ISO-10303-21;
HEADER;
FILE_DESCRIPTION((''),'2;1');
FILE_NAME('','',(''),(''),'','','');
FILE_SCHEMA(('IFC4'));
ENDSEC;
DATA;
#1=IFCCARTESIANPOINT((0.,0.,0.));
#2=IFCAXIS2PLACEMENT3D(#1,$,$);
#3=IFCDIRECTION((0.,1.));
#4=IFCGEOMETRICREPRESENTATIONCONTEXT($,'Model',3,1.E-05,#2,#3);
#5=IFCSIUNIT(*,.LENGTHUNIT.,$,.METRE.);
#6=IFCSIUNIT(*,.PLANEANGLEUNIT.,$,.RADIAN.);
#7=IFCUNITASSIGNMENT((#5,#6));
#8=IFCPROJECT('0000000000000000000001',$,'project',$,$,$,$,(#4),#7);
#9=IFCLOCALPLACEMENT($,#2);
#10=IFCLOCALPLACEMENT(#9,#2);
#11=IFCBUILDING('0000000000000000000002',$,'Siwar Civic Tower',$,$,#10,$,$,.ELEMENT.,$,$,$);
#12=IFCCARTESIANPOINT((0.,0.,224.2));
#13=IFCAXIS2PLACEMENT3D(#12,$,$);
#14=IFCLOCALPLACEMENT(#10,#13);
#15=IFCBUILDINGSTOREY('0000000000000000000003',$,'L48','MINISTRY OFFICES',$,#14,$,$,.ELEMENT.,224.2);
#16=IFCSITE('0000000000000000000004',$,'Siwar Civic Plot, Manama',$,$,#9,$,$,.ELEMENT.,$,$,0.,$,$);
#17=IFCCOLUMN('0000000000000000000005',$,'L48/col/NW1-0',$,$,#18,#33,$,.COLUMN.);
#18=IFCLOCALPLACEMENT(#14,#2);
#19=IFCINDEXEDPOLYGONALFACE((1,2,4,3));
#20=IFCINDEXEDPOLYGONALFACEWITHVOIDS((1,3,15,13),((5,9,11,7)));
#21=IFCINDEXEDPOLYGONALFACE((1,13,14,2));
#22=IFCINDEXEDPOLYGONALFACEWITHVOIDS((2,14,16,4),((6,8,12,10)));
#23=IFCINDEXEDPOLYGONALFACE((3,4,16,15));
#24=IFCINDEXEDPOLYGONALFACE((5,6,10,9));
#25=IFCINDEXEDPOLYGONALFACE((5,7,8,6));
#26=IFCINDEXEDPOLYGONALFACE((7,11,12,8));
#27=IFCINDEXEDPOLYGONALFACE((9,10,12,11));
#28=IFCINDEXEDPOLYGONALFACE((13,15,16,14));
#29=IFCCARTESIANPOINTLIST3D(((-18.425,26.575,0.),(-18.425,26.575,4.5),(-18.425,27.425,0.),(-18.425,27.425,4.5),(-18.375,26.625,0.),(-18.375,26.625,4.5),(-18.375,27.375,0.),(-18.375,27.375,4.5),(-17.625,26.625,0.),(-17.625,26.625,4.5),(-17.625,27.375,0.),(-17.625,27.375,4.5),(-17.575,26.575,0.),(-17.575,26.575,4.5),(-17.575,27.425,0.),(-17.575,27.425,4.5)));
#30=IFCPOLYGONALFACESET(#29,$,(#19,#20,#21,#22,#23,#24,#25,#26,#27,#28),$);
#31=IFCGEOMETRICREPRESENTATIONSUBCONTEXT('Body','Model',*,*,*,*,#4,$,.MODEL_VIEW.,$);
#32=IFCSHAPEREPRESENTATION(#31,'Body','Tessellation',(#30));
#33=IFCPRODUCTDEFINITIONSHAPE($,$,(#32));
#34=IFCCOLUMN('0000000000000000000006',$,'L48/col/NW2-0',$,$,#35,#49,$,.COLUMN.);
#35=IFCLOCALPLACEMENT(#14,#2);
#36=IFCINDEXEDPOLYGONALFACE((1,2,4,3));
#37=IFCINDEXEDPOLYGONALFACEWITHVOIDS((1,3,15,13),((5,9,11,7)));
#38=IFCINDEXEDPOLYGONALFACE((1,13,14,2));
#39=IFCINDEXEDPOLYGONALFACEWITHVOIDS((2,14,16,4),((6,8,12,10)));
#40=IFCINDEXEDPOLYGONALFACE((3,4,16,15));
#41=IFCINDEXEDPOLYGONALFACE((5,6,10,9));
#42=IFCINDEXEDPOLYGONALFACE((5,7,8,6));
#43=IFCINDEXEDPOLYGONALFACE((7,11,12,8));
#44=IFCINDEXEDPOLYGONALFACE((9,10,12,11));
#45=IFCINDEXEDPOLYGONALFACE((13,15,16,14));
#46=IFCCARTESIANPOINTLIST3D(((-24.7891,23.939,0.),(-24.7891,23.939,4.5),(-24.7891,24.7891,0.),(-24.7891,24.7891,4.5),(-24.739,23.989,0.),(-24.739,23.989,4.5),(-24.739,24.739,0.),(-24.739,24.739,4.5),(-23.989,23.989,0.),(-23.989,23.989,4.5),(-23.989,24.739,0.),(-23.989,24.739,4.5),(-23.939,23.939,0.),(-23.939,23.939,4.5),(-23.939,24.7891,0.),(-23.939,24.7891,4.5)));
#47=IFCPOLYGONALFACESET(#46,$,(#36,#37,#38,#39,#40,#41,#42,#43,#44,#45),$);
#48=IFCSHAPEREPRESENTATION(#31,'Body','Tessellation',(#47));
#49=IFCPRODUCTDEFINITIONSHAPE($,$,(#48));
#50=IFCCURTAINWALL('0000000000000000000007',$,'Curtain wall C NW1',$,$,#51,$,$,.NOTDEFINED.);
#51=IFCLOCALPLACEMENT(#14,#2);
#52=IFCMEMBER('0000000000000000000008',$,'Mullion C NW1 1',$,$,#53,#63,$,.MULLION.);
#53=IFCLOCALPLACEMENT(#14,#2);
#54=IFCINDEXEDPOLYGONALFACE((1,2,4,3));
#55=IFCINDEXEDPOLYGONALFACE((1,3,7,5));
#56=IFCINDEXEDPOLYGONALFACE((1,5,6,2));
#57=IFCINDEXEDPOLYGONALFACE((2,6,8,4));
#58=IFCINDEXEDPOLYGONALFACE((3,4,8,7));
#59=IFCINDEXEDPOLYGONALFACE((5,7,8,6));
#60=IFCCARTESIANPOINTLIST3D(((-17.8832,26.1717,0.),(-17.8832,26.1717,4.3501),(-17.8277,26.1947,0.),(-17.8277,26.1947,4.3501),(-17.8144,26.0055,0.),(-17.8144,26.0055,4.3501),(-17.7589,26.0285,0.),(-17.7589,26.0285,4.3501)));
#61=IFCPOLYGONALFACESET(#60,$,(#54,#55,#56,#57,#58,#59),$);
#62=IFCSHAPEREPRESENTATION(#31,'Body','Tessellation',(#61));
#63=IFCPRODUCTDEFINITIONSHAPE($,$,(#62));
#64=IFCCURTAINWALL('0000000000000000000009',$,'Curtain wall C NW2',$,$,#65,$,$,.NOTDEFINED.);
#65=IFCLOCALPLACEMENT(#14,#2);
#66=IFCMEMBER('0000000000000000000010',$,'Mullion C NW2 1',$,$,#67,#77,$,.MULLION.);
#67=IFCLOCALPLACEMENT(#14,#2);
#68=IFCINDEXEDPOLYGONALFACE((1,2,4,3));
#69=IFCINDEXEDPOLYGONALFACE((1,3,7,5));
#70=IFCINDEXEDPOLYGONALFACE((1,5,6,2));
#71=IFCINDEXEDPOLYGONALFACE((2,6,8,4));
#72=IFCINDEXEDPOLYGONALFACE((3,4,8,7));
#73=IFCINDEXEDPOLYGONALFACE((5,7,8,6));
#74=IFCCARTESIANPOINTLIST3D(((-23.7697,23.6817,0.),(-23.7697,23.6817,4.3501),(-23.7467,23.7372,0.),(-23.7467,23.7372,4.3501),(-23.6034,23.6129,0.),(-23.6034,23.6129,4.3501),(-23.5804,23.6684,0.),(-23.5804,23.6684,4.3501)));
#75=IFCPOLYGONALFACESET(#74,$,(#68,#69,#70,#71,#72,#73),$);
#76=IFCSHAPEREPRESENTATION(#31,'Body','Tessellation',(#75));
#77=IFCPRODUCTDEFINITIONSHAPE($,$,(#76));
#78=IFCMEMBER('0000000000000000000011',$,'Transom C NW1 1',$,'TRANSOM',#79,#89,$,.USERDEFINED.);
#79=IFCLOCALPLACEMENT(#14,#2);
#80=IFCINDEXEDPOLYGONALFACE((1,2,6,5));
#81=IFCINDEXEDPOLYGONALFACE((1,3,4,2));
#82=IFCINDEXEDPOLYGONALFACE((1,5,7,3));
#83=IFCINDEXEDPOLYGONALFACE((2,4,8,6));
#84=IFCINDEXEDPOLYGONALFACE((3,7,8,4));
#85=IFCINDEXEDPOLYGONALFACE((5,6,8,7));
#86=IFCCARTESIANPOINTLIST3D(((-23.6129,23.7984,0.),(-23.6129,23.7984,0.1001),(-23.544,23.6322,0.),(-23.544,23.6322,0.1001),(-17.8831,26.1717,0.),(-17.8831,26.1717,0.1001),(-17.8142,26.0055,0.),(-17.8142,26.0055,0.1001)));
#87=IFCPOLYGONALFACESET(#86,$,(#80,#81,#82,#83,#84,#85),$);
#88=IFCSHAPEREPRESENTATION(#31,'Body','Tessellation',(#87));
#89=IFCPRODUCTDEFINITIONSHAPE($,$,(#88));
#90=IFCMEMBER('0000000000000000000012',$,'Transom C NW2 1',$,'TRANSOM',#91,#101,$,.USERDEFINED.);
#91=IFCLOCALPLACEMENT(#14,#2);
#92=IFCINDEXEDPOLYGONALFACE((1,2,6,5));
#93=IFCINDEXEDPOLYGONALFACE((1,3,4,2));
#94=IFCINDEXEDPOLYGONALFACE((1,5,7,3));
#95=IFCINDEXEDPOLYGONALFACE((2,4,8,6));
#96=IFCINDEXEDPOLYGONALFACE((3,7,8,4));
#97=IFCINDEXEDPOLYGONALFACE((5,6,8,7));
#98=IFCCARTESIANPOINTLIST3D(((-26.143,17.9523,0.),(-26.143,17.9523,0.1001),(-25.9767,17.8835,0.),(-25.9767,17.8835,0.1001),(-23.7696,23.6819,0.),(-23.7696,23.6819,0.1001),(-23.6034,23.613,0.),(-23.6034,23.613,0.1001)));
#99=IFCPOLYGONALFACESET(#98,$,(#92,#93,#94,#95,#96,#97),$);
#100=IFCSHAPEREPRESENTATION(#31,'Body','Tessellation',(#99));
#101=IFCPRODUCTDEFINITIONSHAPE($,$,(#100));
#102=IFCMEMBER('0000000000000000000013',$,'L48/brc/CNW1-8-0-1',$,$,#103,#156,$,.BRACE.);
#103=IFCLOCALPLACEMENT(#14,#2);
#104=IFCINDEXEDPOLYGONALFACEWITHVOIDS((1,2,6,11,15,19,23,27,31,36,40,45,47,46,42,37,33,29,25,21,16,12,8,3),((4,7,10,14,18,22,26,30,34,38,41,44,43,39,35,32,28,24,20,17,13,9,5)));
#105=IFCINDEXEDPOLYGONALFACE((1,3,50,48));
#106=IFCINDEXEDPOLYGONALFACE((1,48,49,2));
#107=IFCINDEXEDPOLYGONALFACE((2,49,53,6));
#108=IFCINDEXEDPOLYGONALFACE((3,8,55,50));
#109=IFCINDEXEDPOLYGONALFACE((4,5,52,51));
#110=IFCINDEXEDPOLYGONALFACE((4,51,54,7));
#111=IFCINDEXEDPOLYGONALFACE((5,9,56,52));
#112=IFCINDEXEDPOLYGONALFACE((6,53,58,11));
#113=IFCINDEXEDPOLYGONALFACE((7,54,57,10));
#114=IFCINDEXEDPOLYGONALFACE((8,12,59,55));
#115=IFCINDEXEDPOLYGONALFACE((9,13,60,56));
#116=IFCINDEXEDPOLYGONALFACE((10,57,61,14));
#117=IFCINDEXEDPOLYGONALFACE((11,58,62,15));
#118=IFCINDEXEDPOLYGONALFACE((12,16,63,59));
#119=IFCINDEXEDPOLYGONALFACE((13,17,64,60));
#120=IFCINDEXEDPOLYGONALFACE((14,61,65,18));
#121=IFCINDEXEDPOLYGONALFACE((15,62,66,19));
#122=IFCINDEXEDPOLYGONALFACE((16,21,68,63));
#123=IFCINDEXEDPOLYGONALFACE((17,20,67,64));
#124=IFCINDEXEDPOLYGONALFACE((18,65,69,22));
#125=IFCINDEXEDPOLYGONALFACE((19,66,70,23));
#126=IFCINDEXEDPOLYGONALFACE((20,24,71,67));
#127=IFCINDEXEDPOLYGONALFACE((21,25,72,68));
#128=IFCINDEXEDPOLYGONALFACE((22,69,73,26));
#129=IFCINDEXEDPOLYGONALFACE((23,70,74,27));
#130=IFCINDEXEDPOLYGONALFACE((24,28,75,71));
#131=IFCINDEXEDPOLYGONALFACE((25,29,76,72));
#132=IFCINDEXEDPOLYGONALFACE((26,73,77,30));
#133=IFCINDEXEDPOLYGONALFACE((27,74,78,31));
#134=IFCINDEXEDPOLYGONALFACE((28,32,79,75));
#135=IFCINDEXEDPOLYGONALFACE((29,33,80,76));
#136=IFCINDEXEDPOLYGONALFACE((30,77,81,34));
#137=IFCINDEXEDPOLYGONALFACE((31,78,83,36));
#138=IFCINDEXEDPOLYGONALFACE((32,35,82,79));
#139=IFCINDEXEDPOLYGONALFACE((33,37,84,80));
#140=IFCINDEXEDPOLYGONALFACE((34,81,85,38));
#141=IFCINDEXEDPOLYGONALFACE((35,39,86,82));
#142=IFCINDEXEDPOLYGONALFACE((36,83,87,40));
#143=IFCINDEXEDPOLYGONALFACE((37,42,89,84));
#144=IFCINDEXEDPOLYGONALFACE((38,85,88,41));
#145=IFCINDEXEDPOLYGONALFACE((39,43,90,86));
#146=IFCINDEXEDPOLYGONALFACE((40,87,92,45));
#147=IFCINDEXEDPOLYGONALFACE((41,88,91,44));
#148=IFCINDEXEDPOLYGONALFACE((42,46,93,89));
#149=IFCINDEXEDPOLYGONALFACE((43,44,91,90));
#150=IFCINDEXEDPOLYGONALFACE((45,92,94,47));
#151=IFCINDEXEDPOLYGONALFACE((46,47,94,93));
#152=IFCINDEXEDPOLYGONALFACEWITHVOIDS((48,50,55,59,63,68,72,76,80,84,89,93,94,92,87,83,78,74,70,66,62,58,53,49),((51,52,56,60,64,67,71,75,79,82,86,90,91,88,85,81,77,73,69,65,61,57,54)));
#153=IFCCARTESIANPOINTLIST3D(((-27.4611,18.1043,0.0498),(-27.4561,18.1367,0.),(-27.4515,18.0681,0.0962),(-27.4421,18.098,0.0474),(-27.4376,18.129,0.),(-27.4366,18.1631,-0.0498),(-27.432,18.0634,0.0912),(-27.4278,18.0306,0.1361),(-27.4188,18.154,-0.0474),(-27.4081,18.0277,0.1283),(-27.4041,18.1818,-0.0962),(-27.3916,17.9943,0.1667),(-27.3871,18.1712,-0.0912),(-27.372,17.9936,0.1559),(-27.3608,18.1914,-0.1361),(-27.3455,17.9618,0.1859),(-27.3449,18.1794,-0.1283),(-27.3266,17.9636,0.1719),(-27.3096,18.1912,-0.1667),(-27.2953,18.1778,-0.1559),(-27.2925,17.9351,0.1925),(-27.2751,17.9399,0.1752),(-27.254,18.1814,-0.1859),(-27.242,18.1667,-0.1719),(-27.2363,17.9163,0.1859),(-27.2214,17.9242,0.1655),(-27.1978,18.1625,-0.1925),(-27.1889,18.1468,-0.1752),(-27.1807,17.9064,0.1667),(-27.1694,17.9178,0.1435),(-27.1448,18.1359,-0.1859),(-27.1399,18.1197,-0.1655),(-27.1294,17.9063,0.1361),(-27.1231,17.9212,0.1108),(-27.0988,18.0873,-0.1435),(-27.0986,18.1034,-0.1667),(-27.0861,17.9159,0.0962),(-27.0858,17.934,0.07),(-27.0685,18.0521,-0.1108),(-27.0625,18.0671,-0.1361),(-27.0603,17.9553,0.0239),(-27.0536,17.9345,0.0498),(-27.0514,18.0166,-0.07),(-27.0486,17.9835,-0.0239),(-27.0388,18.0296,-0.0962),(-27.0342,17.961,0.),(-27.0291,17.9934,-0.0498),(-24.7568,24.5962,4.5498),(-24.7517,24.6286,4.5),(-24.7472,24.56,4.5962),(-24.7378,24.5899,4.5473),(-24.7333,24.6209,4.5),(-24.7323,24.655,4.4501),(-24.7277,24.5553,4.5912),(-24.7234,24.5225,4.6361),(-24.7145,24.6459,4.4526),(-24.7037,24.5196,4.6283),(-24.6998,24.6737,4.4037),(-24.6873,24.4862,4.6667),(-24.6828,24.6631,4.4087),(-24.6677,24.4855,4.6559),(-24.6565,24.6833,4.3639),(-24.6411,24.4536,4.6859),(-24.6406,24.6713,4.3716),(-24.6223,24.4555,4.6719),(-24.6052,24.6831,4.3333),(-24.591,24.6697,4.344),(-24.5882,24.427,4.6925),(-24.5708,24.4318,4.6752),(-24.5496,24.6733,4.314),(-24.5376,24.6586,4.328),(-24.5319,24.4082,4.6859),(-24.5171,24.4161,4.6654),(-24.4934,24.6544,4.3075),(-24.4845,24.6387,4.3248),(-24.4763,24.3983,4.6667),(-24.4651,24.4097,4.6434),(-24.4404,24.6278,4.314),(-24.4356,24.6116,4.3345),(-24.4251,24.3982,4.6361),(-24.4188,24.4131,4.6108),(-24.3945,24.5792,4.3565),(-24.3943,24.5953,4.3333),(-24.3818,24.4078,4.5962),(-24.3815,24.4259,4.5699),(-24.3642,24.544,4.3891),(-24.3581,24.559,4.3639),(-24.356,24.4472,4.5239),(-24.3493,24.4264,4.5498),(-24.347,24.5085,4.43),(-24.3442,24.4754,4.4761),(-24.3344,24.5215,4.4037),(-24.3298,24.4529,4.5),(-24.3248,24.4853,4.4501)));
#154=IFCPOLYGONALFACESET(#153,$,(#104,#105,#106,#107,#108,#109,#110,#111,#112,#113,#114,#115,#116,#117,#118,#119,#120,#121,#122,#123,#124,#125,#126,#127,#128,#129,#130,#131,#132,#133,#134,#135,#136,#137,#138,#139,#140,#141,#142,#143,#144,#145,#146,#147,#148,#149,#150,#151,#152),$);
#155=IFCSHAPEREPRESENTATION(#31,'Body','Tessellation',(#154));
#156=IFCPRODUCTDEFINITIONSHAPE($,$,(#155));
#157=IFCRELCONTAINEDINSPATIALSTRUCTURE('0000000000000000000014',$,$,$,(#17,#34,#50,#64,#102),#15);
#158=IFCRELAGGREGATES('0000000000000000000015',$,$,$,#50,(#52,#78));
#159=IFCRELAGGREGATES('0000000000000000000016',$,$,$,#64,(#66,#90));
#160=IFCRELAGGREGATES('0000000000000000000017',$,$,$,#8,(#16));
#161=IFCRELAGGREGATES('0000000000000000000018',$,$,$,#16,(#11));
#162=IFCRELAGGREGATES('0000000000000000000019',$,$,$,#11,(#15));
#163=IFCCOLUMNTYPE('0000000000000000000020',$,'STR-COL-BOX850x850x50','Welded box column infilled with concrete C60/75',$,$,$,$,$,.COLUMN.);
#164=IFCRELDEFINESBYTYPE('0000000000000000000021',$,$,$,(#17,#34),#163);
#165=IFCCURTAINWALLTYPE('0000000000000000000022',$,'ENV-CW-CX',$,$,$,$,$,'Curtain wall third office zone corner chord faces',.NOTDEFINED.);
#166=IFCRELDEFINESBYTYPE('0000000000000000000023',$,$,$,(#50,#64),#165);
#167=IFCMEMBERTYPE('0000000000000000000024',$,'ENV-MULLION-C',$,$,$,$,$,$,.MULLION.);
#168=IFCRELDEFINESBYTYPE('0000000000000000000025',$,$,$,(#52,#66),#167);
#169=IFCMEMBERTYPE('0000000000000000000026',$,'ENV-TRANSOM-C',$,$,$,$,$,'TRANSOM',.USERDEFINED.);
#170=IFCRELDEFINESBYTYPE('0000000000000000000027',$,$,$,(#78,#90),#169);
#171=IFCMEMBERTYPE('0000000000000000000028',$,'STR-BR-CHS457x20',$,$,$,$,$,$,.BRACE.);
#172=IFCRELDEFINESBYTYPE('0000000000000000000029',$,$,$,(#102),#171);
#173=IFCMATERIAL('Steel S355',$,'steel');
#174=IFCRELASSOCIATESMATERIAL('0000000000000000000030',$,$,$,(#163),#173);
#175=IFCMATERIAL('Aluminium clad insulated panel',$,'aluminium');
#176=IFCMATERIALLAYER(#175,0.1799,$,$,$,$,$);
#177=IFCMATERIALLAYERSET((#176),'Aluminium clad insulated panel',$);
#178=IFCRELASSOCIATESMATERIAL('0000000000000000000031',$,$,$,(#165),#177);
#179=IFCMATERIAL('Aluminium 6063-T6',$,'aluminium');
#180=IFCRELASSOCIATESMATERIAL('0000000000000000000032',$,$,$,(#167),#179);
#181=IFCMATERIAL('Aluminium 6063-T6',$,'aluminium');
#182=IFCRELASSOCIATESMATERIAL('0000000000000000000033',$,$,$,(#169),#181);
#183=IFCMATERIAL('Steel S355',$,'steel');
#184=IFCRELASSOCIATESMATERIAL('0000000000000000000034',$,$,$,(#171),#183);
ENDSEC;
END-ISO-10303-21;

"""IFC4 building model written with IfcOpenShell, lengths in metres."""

from ifc_helpers import new_model, si_unit, direction, frame, origin, origin_2d, place, context, subcontext, project, spatial, rectangle, hollow_rectangle, hollow_circle, extrude, material, layer, layer_set, material_profile, profile_set, type_object, element, aggregate, save


model = new_model("IFC4")

# Units and contexts
model_context = context("Model", 3, precision=1e-05, world=origin(), true_north=direction((0.0, 1.0)))
body_context = subcontext(model_context, "Body", "Model", "MODEL_VIEW")
ifc_project = project(units=[si_unit("LENGTHUNIT", "METRE"), si_unit("PLANEANGLEUNIT", "RADIAN")], contexts=[model_context])

# Site, building, storey
site_placement = place(None, origin())
site = spatial("IfcSite", under=ifc_project, at=site_placement, Name="Siwar Civic Plot, Manama", CompositionType="ELEMENT", RefElevation=0.0)
building_placement = place(site_placement, origin())
building = spatial("IfcBuilding", under=site, at=building_placement, Name="Siwar Civic Tower", CompositionType="ELEMENT")
storey_placement = place(building_placement, frame((0.0, 0.0, 224.2)))
storey = spatial("IfcBuildingStorey", under=building, at=storey_placement, Name="L48", Description="MINISTRY OFFICES", CompositionType="ELEMENT", Elevation=224.2)

# Columns
ifc_material_1 = material(Name="Steel S355", Category="steel")
ifc_material_profile_1 = material_profile(ifc_material_1, hollow_rectangle(XDim=0.8501, YDim=0.8501, WallThickness=0.05, at=origin_2d()), Name="BOX850x850x50")
ifc_profile_set_1 = profile_set([ifc_material_profile_1], Name="Steel S355")
column_type = type_object("IfcColumnType", Name="STR-COL-BOX850x850x50", Description="Welded box column infilled with concrete C60/75", PredefinedType="COLUMN", material=ifc_profile_set_1)
for number, where, z_axis, x_axis, name in (
    (1, (-18.0, 27.0, 0.0), (0.0, 0.0, 1.0), (1.0, 0.0, 0.0), "L48/col/NW1-0"),
    (2, (-24.364, 24.364, 0.0), (0.0, 0.0, 1.0), (1.0, 0.0, 0.0), "L48/col/NW2-0"),
):
    element("IfcColumn", number, at=place(storey_placement, frame(where, z_axis=z_axis, x_axis=x_axis)), inside=storey, type_object=column_type, Name=name, PredefinedType="COLUMN", context=body_context, shape_type="SweptSolid", body=[
        extrude(hollow_rectangle(XDim=0.8501, YDim=0.8501, WallThickness=0.05, at=origin_2d()), origin(), (0.0, 0.0, 1.0), 4.5),
    ])

# Curtain walls, members
ifc_material_2 = material(Name="Aluminium clad insulated panel", Category="aluminium")
ifc_layer_1 = layer(ifc_material_2, 0.1799)
ifc_layer_set_1 = layer_set([ifc_layer_1], Name="Aluminium clad insulated panel")
curtain_wall_type = type_object("IfcCurtainWallType", Name="ENV-CW-CX", ElementType="Curtain wall third office zone corner chord faces", PredefinedType="NOTDEFINED", material=ifc_layer_set_1)
curtain_wall_1_placement = place(storey_placement, origin())
curtain_wall_1 = element("IfcCurtainWall", 3, at=curtain_wall_1_placement, inside=storey, type_object=curtain_wall_type, Name="Curtain wall C NW1", PredefinedType="NOTDEFINED")
ifc_material_3 = material(Name="Aluminium 6063-T6", Category="aluminium")
ifc_material_profile_2 = material_profile(ifc_material_3, rectangle(XDim=0.1799, YDim=0.0601, at=origin_2d()), Name="AL 180x60")
ifc_profile_set_2 = profile_set([ifc_material_profile_2], Name="Aluminium 6063-T6")
member_type_1 = type_object("IfcMemberType", Name="ENV-MULLION-C", PredefinedType="MULLION", material=ifc_profile_set_2)
member_1_placement = place(storey_placement, frame((-17.821, 26.1001, 0.0), z_axis=(0.0, 0.0, 1.0), x_axis=(0.382683, -0.92388, 0.0)))
member_1 = element("IfcMember", 4, at=member_1_placement, type_object=member_type_1, Name="Mullion C NW1 1", PredefinedType="MULLION", context=body_context, shape_type="SweptSolid", body=[
    extrude(rectangle(XDim=0.1799, YDim=0.0601, at=origin_2d()), origin(), (0.0, 0.0, 1.0), 4.3501),
])
curtain_wall_2_placement = place(storey_placement, origin())
curtain_wall_2 = element("IfcCurtainWall", 5, at=curtain_wall_2_placement, inside=storey, type_object=curtain_wall_type, Name="Curtain wall C NW2", PredefinedType="NOTDEFINED")
member_2_placement = place(storey_placement, frame((-23.675, 23.675, 0.0), z_axis=(0.0, 0.0, 1.0), x_axis=(0.92388, -0.382683, 0.0)))
member_2 = element("IfcMember", 6, at=member_2_placement, type_object=member_type_1, Name="Mullion C NW2 1", PredefinedType="MULLION", context=body_context, shape_type="SweptSolid", body=[
    extrude(rectangle(XDim=0.1799, YDim=0.0601, at=origin_2d()), origin(), (0.0, 0.0, 1.0), 4.3501),
])

# Members
ifc_material_4 = material(Name="Aluminium 6063-T6", Category="aluminium")
ifc_material_profile_3 = material_profile(ifc_material_4, rectangle(XDim=0.1799, YDim=0.1001, at=origin_2d()), Name="AL 180x100")
ifc_profile_set_3 = profile_set([ifc_material_profile_3], Name="Aluminium 6063-T6")
member_type_2 = type_object("IfcMemberType", Name="ENV-TRANSOM-C", ElementType="TRANSOM", PredefinedType="USERDEFINED", material=ifc_profile_set_3)
member_3_placement = place(storey_placement, frame((-17.8486, 26.0886, 0.05), z_axis=(-0.923882, -0.382677, 0.0), x_axis=(0.382677, -0.923882, 0.0)))
member_3 = element("IfcMember", 7, at=member_3_placement, type_object=member_type_2, Name="Transom C NW1 1", ObjectType="TRANSOM", PredefinedType="USERDEFINED", context=body_context, shape_type="SweptSolid", body=[
    extrude(rectangle(XDim=0.1799, YDim=0.1001, at=origin_2d()), origin(), (0.0, 0.0, 1.0), 6.2019),
])
member_4_placement = place(storey_placement, frame((-23.6865, 23.6475, 0.05), z_axis=(-0.382691, -0.923876, 0.0), x_axis=(0.923876, -0.382691, 0.0)))
member_4 = element("IfcMember", 8, at=member_4_placement, type_object=member_type_2, Name="Transom C NW2 1", ObjectType="TRANSOM", PredefinedType="USERDEFINED", context=body_context, shape_type="SweptSolid", body=[
    extrude(rectangle(XDim=0.1799, YDim=0.1001, at=origin_2d()), origin(), (0.0, 0.0, 1.0), 6.2017),
])

# Member
ifc_material_5 = material(Name="Steel S355", Category="steel")
ifc_material_profile_4 = material_profile(ifc_material_5, hollow_circle(Radius=0.2285, WallThickness=0.02, at=origin_2d()), Name="CHS457x20")
ifc_profile_set_4 = profile_set([ifc_material_profile_4], Name="Steel S355")
member_type_3 = type_object("IfcMemberType", Name="STR-BR-CHS457x20", PredefinedType="BRACE", material=ifc_profile_set_4)
member_5_placement = place(storey_placement, frame((-27.2451, 18.0488, 0.0), z_axis=(0.323906, 0.777555, 0.538975), x_axis=(-0.923109, 0.384539, 0.0)))
element("IfcMember", 9, at=member_5_placement, inside=storey, type_object=member_type_3, Name="L48/brc/CNW1-8-0-1", PredefinedType="BRACE", context=body_context, shape_type="SweptSolid", body=[
    extrude(hollow_circle(Radius=0.2285, WallThickness=0.02, at=origin_2d()), origin(), (0.0, 0.0, 1.0), 8.3491),
])

aggregate(curtain_wall_1, [member_1, member_3])
aggregate(curtain_wall_2, [member_2, member_4])

save(model, "model.ifc")
